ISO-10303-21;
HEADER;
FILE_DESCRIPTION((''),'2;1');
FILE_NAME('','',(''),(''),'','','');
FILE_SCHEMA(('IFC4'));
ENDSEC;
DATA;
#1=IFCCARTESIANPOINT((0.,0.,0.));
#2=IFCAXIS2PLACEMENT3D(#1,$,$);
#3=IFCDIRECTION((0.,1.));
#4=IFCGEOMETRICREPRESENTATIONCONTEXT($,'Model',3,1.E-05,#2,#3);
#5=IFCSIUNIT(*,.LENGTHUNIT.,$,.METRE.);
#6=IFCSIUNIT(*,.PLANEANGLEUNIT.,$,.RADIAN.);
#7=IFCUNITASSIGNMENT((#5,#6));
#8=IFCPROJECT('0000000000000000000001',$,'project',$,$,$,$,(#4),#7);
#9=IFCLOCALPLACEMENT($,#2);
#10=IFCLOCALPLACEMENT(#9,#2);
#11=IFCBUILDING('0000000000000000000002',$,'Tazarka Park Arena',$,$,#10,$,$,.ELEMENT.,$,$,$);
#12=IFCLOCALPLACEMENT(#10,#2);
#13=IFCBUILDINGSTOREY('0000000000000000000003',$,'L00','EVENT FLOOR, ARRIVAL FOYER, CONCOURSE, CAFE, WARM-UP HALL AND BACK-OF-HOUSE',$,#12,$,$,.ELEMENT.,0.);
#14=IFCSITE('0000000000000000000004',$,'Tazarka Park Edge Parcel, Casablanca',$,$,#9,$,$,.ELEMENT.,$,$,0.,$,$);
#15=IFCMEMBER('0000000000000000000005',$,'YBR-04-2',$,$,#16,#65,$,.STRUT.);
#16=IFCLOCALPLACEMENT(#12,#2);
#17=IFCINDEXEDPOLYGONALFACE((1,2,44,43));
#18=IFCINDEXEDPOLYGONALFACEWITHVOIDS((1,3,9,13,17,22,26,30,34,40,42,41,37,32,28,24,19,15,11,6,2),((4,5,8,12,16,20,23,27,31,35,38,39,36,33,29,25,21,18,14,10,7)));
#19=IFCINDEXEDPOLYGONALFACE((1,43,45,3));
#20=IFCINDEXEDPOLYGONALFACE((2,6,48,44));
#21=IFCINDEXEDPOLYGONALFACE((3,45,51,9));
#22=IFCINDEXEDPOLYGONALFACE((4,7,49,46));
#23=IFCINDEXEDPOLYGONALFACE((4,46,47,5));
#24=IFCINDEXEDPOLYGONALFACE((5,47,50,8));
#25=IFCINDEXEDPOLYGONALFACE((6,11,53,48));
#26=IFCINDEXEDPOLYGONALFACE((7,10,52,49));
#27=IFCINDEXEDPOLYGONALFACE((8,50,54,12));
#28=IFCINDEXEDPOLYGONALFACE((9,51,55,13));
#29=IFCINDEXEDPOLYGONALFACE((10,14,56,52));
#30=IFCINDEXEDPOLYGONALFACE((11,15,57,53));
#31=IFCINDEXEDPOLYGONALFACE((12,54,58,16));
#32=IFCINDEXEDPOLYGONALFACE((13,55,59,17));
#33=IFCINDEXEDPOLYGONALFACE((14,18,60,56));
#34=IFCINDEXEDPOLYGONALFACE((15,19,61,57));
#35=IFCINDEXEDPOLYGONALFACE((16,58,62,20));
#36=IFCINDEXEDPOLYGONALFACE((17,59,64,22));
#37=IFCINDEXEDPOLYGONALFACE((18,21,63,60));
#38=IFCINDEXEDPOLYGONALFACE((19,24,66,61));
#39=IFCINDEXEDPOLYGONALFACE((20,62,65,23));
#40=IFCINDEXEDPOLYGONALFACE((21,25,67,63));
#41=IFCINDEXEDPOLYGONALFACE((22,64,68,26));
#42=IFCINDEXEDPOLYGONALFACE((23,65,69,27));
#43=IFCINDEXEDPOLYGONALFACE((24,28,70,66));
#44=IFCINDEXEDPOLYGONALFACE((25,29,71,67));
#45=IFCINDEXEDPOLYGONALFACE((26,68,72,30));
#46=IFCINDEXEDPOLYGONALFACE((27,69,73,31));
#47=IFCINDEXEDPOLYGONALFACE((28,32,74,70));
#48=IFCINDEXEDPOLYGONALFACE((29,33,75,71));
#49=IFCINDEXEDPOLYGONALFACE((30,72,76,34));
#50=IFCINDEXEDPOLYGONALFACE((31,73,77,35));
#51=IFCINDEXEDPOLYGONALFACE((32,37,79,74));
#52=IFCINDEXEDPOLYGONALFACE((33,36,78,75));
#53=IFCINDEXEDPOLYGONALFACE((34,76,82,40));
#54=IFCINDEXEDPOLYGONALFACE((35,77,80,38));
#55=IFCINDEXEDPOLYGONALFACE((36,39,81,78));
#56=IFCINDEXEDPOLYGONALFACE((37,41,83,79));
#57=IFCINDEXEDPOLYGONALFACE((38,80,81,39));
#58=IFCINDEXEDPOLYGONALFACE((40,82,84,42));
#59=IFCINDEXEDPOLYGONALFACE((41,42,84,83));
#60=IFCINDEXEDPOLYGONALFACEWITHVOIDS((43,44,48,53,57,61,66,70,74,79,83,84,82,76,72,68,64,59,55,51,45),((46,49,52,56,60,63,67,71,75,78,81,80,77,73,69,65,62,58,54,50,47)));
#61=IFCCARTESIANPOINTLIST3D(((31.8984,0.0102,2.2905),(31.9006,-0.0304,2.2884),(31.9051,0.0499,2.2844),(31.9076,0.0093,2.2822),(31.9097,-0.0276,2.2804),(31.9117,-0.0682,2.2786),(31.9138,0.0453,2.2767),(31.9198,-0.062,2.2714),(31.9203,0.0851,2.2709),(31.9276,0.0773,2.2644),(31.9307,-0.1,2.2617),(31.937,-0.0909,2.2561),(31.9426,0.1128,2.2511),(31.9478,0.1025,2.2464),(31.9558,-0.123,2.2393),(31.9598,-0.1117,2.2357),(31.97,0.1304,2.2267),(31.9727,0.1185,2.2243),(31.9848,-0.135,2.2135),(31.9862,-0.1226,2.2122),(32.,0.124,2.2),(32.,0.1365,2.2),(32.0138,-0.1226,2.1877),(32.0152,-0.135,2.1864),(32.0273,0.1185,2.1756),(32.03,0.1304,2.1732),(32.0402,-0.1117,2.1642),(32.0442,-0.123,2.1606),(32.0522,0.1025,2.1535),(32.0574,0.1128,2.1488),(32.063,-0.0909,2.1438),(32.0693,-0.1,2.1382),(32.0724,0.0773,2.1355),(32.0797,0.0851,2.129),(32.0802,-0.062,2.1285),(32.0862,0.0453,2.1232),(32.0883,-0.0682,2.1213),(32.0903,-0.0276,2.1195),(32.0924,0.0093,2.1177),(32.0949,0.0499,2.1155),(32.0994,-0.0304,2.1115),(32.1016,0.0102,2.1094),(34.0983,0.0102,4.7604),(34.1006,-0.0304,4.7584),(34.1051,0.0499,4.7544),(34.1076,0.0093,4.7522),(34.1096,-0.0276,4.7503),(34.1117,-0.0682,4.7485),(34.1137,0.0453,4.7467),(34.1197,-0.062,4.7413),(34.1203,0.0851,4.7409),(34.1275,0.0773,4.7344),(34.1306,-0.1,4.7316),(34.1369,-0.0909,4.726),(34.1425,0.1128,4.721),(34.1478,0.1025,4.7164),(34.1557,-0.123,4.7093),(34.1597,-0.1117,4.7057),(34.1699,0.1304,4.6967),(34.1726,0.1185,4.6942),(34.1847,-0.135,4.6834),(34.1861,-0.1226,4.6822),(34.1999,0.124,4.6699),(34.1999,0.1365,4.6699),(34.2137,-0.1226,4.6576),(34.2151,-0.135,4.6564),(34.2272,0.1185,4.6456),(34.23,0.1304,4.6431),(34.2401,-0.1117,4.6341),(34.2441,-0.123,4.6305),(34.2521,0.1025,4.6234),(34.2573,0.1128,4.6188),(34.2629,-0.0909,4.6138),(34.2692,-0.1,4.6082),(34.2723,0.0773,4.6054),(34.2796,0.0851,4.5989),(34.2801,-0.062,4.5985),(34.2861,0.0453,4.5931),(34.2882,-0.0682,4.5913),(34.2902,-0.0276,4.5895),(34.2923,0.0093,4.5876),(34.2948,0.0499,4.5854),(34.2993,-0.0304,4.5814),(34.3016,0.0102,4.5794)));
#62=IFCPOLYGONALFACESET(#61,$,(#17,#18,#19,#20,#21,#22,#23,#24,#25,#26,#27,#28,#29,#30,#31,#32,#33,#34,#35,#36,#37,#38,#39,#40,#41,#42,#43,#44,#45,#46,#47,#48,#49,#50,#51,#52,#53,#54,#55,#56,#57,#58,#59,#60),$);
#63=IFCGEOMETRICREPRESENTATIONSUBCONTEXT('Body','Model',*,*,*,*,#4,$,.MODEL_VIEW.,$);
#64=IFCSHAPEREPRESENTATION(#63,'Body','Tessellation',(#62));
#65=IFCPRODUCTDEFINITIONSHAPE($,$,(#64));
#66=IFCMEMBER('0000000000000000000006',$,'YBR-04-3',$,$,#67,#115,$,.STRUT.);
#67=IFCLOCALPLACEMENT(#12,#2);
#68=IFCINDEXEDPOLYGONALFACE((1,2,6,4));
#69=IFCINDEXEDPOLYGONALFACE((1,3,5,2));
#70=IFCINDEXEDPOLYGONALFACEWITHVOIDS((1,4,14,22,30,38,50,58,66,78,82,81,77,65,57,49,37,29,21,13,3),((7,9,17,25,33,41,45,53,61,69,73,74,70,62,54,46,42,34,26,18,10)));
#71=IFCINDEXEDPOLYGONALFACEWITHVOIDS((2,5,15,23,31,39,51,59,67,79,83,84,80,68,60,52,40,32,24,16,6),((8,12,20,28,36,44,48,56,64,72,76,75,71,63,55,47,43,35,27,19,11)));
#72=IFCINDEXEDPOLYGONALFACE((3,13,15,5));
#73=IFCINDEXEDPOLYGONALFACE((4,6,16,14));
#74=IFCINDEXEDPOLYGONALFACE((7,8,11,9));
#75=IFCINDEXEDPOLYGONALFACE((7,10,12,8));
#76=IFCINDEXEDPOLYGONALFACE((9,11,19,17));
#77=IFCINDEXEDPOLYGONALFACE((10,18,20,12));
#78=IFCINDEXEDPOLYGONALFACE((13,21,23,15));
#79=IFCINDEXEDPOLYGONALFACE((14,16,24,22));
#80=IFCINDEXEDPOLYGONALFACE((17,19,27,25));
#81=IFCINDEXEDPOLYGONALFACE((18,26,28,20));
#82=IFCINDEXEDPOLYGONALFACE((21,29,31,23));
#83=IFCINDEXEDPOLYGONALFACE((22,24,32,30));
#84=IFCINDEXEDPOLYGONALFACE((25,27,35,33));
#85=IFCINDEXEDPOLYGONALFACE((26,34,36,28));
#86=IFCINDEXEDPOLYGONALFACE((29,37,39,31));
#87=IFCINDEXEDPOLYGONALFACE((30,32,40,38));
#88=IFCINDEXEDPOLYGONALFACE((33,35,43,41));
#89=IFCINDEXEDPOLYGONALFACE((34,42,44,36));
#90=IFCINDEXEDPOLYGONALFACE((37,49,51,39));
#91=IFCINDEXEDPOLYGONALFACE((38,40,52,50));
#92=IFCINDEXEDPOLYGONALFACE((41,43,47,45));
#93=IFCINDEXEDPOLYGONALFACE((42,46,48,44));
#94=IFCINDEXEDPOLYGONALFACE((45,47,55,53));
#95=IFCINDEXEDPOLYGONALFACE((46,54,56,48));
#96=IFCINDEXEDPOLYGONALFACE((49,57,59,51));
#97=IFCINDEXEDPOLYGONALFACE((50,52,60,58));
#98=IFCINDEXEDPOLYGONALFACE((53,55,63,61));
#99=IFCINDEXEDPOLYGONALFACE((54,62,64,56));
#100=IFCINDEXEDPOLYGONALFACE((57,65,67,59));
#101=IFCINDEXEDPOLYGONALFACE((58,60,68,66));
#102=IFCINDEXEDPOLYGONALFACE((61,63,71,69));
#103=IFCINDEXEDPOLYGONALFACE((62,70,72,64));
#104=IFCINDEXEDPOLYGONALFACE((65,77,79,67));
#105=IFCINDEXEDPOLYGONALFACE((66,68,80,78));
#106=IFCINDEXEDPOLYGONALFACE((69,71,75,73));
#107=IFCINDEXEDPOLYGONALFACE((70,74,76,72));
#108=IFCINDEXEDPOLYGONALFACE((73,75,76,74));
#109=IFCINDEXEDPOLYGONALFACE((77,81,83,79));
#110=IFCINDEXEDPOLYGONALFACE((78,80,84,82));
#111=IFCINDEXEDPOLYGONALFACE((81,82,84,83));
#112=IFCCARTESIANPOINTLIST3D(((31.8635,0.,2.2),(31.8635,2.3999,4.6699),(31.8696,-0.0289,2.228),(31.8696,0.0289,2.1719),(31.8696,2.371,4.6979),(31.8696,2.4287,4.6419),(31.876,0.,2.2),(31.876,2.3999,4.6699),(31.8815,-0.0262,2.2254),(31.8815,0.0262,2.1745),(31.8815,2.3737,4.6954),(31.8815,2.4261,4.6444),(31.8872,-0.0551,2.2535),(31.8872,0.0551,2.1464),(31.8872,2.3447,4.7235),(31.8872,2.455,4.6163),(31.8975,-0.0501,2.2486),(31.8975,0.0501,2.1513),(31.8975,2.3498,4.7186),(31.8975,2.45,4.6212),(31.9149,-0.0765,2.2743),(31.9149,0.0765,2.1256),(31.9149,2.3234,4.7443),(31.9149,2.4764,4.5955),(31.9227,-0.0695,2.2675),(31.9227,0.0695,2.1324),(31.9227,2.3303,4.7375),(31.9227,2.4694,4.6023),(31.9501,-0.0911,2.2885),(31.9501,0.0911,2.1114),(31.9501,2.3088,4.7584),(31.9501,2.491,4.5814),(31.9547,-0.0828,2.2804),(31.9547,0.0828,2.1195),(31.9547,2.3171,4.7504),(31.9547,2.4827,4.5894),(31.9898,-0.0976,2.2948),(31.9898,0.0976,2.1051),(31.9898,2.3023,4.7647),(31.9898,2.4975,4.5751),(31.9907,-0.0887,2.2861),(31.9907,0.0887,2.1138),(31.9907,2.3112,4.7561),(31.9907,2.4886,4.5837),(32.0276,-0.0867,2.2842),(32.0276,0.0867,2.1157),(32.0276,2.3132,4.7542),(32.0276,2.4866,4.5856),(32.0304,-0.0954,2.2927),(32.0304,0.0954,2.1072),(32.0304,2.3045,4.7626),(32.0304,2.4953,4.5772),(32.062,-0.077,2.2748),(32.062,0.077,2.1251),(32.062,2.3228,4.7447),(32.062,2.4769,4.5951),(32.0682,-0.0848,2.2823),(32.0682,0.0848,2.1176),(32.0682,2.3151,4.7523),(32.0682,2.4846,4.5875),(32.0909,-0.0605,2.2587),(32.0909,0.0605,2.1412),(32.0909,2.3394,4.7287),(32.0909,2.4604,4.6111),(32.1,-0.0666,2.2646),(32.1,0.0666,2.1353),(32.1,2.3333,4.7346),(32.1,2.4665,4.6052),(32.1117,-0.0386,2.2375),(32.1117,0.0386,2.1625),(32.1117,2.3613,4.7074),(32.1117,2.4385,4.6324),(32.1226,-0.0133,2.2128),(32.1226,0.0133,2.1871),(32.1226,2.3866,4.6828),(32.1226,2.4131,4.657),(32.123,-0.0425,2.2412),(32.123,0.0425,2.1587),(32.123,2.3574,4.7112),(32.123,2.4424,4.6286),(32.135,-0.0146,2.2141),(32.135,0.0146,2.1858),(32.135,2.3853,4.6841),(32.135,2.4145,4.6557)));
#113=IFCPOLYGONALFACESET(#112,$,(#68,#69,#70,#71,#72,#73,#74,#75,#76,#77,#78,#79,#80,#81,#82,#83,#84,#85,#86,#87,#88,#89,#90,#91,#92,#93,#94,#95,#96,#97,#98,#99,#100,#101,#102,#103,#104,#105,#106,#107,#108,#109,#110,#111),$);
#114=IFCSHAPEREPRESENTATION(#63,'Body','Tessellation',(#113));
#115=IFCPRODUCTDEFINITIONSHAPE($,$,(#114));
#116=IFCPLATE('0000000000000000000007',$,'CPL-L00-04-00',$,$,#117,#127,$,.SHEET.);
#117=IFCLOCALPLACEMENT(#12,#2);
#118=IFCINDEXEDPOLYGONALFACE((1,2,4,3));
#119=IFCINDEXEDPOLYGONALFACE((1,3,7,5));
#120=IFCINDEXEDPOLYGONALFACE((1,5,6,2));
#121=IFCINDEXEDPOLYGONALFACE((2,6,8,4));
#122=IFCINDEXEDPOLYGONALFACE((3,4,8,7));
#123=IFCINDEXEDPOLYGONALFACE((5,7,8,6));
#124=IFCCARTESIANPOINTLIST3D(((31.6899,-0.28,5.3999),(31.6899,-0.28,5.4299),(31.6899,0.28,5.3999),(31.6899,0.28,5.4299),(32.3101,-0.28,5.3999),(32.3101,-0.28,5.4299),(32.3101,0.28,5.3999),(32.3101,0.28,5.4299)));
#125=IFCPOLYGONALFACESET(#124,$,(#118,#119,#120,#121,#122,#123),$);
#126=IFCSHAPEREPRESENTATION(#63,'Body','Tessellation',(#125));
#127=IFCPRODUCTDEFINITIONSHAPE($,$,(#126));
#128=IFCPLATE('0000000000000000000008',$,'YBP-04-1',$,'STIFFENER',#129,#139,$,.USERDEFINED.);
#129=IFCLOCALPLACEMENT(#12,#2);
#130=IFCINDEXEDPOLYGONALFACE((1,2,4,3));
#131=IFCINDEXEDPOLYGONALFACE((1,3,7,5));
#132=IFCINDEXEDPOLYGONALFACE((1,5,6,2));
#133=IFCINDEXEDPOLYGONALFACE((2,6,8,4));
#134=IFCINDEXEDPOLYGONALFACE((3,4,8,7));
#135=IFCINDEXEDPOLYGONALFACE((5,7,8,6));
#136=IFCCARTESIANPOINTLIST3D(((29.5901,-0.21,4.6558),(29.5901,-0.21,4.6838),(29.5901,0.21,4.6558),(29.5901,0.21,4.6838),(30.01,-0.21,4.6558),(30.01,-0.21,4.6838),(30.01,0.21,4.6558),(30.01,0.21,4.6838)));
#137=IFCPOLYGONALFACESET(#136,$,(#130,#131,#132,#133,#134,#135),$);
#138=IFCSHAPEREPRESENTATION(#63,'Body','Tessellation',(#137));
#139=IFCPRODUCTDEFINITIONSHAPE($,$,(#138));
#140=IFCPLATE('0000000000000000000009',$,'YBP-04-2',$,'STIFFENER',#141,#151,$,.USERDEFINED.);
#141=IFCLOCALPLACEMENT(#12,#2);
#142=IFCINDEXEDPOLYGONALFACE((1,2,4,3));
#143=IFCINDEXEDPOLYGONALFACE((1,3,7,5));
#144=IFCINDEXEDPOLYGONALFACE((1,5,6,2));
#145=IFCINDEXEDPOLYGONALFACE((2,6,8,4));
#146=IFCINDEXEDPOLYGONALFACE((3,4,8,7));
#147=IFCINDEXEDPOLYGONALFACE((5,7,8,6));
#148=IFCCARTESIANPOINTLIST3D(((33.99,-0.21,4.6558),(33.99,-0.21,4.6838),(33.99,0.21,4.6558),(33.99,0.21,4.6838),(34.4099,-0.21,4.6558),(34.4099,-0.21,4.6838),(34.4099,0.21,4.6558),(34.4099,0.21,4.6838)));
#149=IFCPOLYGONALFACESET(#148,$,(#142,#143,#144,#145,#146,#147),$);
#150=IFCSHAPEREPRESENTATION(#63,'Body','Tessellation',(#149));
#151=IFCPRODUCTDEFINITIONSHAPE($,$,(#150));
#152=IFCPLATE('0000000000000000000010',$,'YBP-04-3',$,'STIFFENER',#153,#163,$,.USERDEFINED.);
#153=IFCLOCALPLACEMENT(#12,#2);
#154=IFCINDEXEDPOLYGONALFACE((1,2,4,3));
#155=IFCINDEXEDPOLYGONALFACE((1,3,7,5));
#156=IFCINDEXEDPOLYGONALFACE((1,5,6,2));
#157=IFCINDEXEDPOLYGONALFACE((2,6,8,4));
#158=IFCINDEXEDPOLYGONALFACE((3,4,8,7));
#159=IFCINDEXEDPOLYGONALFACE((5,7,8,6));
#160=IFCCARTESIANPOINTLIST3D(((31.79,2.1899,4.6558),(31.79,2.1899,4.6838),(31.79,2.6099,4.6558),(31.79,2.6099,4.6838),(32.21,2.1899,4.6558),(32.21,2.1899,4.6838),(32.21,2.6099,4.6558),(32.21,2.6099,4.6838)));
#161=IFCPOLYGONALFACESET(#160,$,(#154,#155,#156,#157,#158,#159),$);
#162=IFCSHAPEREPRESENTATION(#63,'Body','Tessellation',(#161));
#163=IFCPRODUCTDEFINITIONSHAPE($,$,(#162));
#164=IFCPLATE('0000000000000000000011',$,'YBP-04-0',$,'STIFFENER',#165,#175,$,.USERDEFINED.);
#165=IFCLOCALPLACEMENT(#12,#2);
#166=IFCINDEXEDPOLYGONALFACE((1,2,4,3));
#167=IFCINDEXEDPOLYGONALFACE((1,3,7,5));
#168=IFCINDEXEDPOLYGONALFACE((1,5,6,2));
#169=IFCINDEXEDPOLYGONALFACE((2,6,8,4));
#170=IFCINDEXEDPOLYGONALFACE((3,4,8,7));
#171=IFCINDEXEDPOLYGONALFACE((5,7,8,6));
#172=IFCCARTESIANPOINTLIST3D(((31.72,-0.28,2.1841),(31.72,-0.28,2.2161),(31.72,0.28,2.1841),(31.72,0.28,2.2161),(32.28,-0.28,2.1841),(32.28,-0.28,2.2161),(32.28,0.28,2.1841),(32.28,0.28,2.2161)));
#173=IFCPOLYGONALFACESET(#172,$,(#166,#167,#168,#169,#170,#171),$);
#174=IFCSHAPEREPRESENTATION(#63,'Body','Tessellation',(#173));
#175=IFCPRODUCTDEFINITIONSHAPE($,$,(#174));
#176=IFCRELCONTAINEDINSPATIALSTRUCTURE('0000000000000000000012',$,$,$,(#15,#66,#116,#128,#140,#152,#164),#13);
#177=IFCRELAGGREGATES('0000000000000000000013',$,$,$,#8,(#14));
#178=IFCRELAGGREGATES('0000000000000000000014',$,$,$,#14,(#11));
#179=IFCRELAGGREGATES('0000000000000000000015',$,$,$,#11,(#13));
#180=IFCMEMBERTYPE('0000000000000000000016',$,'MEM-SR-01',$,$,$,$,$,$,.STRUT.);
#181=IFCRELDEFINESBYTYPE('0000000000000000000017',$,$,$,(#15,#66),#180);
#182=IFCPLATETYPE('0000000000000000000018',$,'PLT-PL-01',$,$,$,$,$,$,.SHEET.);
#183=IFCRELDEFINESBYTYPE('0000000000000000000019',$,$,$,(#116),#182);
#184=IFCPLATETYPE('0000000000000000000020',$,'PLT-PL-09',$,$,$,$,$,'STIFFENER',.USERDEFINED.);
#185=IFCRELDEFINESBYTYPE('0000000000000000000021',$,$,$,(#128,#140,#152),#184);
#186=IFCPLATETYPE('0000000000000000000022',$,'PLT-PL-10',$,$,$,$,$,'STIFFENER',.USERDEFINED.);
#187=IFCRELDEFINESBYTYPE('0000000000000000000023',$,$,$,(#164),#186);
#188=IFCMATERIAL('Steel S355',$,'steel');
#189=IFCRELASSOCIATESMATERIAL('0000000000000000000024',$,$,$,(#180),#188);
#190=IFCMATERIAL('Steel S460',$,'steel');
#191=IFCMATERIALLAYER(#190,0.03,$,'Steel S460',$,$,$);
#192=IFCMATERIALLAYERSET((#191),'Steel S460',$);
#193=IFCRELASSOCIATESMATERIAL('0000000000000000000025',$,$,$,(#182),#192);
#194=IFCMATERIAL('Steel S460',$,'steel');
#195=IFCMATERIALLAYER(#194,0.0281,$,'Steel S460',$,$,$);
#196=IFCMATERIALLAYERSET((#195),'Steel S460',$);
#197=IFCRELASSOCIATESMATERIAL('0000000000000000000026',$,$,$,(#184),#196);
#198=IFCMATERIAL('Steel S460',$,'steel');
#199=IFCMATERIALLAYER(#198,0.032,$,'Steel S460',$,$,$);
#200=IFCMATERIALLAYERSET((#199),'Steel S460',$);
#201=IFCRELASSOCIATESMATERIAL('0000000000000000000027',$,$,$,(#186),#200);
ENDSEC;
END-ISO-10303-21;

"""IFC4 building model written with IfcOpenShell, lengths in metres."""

from ifc_helpers import new_model, si_unit, direction, frame, origin, origin_2d, place, context, subcontext, project, spatial, rectangle, hollow_circle, extrude, material, layer, layer_set, material_profile, profile_set, type_object, element, save


model = new_model("IFC4")

# Units and contexts
model_context = context("Model", 3, precision=1e-05, world=origin(), true_north=direction((0.0, 1.0)))
body_context = subcontext(model_context, "Body", "Model", "MODEL_VIEW")
ifc_project = project(units=[si_unit("LENGTHUNIT", "METRE"), si_unit("PLANEANGLEUNIT", "RADIAN")], contexts=[model_context])

# Site, building, storey
site_placement = place(None, origin())
site = spatial("IfcSite", under=ifc_project, at=site_placement, Name="Tazarka Park Edge Parcel, Casablanca", CompositionType="ELEMENT", RefElevation=0.0)
building_placement = place(site_placement, origin())
building = spatial("IfcBuilding", under=site, at=building_placement, Name="Tazarka Park Arena", CompositionType="ELEMENT")
storey_placement = place(building_placement, origin())
storey = spatial("IfcBuildingStorey", under=building, at=storey_placement, Name="L00", Description="EVENT FLOOR, ARRIVAL FOYER, CONCOURSE, CAFE, WARM-UP HALL AND BACK-OF-HOUSE", CompositionType="ELEMENT", Elevation=0.0)

# Members
ifc_material_1 = material(Name="Steel S355", Category="steel")
ifc_material_profile_1 = material_profile(ifc_material_1, hollow_circle(Radius=0.1365, WallThickness=0.0125, at=origin_2d()), Name="Steel S355")
ifc_profile_set_1 = profile_set([ifc_material_profile_1], Name="Steel S355")
member_type = type_object("IfcMemberType", Name="MEM-SR-01", PredefinedType="STRUT", material=ifc_profile_set_1)
for number, where, z_axis, x_axis, name in (
    (1, (32.0, 0.0, 2.2), (0.66511, 0.0, 0.746745), (0.0, 1.0, 0.0), "YBR-04-2"),
):
    element("IfcMember", number, at=place(storey_placement, frame(where, z_axis=z_axis, x_axis=x_axis)), inside=storey, type_object=member_type, Name=name, PredefinedType="STRUT", context=body_context, shape_type="SweptSolid", body=[
        extrude(hollow_circle(Radius=0.1365, WallThickness=0.0125, at=origin_2d()), origin(), (0.0, 0.0, 1.0), 3.3076),
    ])
member_placement = place(storey_placement, frame((32.0, 0.0, 2.2), z_axis=(0.0, 0.696861, 0.717206), x_axis=(-1.0, 0.0, 0.0)))
element("IfcMember", 2, at=member_placement, inside=storey, type_object=member_type, Name="YBR-04-3", PredefinedType="STRUT", context=body_context, shape_type="SweptSolid", body=[
    extrude(hollow_circle(Radius=0.1365, WallThickness=0.0125, at=origin_2d()), origin(), (0.0, 0.0, 1.0), 3.4438),
])

# Plates
ifc_material_2 = material(Name="Steel S460", Category="steel")
ifc_layer_1 = layer(ifc_material_2, 0.03, Name="Steel S460")
ifc_layer_set_1 = layer_set([ifc_layer_1], Name="Steel S460")
plate_type_1 = type_object("IfcPlateType", Name="PLT-PL-01", PredefinedType="SHEET", material=ifc_layer_set_1)
plate_1_placement = place(storey_placement, frame((32.0, 0.0, 5.3999), z_axis=(0.0, 0.0, 1.0), x_axis=(1.0, 0.0, 0.0)))
element("IfcPlate", 3, at=plate_1_placement, inside=storey, type_object=plate_type_1, Name="CPL-L00-04-00", PredefinedType="SHEET", context=body_context, shape_type="SweptSolid", body=[
    extrude(rectangle(XDim=0.6201, YDim=0.5601, at=origin_2d()), origin(), (0.0, 0.0, 1.0), 0.03),
])
ifc_material_3 = material(Name="Steel S460", Category="steel")
ifc_layer_2 = layer(ifc_material_3, 0.0281, Name="Steel S460")
ifc_layer_set_2 = layer_set([ifc_layer_2], Name="Steel S460")
plate_type_2 = type_object("IfcPlateType", Name="PLT-PL-09", ElementType="STIFFENER", PredefinedType="USERDEFINED", material=ifc_layer_set_2)
for number, where, z_axis, x_axis, name in (
    (4, (29.8, 0.0, 4.6558), (0.0, 0.0, 1.0), (1.0, 0.0, 0.0), "YBP-04-1"),
    (5, (34.2, 0.0, 4.6558), (0.0, 0.0, 1.0), (1.0, 0.0, 0.0), "YBP-04-2"),
    (6, (32.0, 2.3999, 4.6558), (0.0, 0.0, 1.0), (1.0, 0.0, 0.0), "YBP-04-3"),
):
    element("IfcPlate", number, at=place(storey_placement, frame(where, z_axis=z_axis, x_axis=x_axis)), inside=storey, type_object=plate_type_2, Name=name, ObjectType="STIFFENER", PredefinedType="USERDEFINED", context=body_context, shape_type="SweptSolid", body=[
        extrude(rectangle(XDim=0.4199, YDim=0.4199, at=origin_2d()), origin(), (0.0, 0.0, 1.0), 0.0281),
    ])
ifc_material_4 = material(Name="Steel S460", Category="steel")
ifc_layer_3 = layer(ifc_material_4, 0.032, Name="Steel S460")
ifc_layer_set_3 = layer_set([ifc_layer_3], Name="Steel S460")
plate_type_3 = type_object("IfcPlateType", Name="PLT-PL-10", ElementType="STIFFENER", PredefinedType="USERDEFINED", material=ifc_layer_set_3)
plate_2_placement = place(storey_placement, frame((32.0, 0.0, 2.1841), z_axis=(0.0, 0.0, 1.0), x_axis=(1.0, 0.0, 0.0)))
element("IfcPlate", 7, at=plate_2_placement, inside=storey, type_object=plate_type_3, Name="YBP-04-0", ObjectType="STIFFENER", PredefinedType="USERDEFINED", context=body_context, shape_type="SweptSolid", body=[
    extrude(rectangle(XDim=0.5601, YDim=0.5601, at=origin_2d()), origin(), (0.0, 0.0, 1.0), 0.032),
])

save(model, "model.ifc")
